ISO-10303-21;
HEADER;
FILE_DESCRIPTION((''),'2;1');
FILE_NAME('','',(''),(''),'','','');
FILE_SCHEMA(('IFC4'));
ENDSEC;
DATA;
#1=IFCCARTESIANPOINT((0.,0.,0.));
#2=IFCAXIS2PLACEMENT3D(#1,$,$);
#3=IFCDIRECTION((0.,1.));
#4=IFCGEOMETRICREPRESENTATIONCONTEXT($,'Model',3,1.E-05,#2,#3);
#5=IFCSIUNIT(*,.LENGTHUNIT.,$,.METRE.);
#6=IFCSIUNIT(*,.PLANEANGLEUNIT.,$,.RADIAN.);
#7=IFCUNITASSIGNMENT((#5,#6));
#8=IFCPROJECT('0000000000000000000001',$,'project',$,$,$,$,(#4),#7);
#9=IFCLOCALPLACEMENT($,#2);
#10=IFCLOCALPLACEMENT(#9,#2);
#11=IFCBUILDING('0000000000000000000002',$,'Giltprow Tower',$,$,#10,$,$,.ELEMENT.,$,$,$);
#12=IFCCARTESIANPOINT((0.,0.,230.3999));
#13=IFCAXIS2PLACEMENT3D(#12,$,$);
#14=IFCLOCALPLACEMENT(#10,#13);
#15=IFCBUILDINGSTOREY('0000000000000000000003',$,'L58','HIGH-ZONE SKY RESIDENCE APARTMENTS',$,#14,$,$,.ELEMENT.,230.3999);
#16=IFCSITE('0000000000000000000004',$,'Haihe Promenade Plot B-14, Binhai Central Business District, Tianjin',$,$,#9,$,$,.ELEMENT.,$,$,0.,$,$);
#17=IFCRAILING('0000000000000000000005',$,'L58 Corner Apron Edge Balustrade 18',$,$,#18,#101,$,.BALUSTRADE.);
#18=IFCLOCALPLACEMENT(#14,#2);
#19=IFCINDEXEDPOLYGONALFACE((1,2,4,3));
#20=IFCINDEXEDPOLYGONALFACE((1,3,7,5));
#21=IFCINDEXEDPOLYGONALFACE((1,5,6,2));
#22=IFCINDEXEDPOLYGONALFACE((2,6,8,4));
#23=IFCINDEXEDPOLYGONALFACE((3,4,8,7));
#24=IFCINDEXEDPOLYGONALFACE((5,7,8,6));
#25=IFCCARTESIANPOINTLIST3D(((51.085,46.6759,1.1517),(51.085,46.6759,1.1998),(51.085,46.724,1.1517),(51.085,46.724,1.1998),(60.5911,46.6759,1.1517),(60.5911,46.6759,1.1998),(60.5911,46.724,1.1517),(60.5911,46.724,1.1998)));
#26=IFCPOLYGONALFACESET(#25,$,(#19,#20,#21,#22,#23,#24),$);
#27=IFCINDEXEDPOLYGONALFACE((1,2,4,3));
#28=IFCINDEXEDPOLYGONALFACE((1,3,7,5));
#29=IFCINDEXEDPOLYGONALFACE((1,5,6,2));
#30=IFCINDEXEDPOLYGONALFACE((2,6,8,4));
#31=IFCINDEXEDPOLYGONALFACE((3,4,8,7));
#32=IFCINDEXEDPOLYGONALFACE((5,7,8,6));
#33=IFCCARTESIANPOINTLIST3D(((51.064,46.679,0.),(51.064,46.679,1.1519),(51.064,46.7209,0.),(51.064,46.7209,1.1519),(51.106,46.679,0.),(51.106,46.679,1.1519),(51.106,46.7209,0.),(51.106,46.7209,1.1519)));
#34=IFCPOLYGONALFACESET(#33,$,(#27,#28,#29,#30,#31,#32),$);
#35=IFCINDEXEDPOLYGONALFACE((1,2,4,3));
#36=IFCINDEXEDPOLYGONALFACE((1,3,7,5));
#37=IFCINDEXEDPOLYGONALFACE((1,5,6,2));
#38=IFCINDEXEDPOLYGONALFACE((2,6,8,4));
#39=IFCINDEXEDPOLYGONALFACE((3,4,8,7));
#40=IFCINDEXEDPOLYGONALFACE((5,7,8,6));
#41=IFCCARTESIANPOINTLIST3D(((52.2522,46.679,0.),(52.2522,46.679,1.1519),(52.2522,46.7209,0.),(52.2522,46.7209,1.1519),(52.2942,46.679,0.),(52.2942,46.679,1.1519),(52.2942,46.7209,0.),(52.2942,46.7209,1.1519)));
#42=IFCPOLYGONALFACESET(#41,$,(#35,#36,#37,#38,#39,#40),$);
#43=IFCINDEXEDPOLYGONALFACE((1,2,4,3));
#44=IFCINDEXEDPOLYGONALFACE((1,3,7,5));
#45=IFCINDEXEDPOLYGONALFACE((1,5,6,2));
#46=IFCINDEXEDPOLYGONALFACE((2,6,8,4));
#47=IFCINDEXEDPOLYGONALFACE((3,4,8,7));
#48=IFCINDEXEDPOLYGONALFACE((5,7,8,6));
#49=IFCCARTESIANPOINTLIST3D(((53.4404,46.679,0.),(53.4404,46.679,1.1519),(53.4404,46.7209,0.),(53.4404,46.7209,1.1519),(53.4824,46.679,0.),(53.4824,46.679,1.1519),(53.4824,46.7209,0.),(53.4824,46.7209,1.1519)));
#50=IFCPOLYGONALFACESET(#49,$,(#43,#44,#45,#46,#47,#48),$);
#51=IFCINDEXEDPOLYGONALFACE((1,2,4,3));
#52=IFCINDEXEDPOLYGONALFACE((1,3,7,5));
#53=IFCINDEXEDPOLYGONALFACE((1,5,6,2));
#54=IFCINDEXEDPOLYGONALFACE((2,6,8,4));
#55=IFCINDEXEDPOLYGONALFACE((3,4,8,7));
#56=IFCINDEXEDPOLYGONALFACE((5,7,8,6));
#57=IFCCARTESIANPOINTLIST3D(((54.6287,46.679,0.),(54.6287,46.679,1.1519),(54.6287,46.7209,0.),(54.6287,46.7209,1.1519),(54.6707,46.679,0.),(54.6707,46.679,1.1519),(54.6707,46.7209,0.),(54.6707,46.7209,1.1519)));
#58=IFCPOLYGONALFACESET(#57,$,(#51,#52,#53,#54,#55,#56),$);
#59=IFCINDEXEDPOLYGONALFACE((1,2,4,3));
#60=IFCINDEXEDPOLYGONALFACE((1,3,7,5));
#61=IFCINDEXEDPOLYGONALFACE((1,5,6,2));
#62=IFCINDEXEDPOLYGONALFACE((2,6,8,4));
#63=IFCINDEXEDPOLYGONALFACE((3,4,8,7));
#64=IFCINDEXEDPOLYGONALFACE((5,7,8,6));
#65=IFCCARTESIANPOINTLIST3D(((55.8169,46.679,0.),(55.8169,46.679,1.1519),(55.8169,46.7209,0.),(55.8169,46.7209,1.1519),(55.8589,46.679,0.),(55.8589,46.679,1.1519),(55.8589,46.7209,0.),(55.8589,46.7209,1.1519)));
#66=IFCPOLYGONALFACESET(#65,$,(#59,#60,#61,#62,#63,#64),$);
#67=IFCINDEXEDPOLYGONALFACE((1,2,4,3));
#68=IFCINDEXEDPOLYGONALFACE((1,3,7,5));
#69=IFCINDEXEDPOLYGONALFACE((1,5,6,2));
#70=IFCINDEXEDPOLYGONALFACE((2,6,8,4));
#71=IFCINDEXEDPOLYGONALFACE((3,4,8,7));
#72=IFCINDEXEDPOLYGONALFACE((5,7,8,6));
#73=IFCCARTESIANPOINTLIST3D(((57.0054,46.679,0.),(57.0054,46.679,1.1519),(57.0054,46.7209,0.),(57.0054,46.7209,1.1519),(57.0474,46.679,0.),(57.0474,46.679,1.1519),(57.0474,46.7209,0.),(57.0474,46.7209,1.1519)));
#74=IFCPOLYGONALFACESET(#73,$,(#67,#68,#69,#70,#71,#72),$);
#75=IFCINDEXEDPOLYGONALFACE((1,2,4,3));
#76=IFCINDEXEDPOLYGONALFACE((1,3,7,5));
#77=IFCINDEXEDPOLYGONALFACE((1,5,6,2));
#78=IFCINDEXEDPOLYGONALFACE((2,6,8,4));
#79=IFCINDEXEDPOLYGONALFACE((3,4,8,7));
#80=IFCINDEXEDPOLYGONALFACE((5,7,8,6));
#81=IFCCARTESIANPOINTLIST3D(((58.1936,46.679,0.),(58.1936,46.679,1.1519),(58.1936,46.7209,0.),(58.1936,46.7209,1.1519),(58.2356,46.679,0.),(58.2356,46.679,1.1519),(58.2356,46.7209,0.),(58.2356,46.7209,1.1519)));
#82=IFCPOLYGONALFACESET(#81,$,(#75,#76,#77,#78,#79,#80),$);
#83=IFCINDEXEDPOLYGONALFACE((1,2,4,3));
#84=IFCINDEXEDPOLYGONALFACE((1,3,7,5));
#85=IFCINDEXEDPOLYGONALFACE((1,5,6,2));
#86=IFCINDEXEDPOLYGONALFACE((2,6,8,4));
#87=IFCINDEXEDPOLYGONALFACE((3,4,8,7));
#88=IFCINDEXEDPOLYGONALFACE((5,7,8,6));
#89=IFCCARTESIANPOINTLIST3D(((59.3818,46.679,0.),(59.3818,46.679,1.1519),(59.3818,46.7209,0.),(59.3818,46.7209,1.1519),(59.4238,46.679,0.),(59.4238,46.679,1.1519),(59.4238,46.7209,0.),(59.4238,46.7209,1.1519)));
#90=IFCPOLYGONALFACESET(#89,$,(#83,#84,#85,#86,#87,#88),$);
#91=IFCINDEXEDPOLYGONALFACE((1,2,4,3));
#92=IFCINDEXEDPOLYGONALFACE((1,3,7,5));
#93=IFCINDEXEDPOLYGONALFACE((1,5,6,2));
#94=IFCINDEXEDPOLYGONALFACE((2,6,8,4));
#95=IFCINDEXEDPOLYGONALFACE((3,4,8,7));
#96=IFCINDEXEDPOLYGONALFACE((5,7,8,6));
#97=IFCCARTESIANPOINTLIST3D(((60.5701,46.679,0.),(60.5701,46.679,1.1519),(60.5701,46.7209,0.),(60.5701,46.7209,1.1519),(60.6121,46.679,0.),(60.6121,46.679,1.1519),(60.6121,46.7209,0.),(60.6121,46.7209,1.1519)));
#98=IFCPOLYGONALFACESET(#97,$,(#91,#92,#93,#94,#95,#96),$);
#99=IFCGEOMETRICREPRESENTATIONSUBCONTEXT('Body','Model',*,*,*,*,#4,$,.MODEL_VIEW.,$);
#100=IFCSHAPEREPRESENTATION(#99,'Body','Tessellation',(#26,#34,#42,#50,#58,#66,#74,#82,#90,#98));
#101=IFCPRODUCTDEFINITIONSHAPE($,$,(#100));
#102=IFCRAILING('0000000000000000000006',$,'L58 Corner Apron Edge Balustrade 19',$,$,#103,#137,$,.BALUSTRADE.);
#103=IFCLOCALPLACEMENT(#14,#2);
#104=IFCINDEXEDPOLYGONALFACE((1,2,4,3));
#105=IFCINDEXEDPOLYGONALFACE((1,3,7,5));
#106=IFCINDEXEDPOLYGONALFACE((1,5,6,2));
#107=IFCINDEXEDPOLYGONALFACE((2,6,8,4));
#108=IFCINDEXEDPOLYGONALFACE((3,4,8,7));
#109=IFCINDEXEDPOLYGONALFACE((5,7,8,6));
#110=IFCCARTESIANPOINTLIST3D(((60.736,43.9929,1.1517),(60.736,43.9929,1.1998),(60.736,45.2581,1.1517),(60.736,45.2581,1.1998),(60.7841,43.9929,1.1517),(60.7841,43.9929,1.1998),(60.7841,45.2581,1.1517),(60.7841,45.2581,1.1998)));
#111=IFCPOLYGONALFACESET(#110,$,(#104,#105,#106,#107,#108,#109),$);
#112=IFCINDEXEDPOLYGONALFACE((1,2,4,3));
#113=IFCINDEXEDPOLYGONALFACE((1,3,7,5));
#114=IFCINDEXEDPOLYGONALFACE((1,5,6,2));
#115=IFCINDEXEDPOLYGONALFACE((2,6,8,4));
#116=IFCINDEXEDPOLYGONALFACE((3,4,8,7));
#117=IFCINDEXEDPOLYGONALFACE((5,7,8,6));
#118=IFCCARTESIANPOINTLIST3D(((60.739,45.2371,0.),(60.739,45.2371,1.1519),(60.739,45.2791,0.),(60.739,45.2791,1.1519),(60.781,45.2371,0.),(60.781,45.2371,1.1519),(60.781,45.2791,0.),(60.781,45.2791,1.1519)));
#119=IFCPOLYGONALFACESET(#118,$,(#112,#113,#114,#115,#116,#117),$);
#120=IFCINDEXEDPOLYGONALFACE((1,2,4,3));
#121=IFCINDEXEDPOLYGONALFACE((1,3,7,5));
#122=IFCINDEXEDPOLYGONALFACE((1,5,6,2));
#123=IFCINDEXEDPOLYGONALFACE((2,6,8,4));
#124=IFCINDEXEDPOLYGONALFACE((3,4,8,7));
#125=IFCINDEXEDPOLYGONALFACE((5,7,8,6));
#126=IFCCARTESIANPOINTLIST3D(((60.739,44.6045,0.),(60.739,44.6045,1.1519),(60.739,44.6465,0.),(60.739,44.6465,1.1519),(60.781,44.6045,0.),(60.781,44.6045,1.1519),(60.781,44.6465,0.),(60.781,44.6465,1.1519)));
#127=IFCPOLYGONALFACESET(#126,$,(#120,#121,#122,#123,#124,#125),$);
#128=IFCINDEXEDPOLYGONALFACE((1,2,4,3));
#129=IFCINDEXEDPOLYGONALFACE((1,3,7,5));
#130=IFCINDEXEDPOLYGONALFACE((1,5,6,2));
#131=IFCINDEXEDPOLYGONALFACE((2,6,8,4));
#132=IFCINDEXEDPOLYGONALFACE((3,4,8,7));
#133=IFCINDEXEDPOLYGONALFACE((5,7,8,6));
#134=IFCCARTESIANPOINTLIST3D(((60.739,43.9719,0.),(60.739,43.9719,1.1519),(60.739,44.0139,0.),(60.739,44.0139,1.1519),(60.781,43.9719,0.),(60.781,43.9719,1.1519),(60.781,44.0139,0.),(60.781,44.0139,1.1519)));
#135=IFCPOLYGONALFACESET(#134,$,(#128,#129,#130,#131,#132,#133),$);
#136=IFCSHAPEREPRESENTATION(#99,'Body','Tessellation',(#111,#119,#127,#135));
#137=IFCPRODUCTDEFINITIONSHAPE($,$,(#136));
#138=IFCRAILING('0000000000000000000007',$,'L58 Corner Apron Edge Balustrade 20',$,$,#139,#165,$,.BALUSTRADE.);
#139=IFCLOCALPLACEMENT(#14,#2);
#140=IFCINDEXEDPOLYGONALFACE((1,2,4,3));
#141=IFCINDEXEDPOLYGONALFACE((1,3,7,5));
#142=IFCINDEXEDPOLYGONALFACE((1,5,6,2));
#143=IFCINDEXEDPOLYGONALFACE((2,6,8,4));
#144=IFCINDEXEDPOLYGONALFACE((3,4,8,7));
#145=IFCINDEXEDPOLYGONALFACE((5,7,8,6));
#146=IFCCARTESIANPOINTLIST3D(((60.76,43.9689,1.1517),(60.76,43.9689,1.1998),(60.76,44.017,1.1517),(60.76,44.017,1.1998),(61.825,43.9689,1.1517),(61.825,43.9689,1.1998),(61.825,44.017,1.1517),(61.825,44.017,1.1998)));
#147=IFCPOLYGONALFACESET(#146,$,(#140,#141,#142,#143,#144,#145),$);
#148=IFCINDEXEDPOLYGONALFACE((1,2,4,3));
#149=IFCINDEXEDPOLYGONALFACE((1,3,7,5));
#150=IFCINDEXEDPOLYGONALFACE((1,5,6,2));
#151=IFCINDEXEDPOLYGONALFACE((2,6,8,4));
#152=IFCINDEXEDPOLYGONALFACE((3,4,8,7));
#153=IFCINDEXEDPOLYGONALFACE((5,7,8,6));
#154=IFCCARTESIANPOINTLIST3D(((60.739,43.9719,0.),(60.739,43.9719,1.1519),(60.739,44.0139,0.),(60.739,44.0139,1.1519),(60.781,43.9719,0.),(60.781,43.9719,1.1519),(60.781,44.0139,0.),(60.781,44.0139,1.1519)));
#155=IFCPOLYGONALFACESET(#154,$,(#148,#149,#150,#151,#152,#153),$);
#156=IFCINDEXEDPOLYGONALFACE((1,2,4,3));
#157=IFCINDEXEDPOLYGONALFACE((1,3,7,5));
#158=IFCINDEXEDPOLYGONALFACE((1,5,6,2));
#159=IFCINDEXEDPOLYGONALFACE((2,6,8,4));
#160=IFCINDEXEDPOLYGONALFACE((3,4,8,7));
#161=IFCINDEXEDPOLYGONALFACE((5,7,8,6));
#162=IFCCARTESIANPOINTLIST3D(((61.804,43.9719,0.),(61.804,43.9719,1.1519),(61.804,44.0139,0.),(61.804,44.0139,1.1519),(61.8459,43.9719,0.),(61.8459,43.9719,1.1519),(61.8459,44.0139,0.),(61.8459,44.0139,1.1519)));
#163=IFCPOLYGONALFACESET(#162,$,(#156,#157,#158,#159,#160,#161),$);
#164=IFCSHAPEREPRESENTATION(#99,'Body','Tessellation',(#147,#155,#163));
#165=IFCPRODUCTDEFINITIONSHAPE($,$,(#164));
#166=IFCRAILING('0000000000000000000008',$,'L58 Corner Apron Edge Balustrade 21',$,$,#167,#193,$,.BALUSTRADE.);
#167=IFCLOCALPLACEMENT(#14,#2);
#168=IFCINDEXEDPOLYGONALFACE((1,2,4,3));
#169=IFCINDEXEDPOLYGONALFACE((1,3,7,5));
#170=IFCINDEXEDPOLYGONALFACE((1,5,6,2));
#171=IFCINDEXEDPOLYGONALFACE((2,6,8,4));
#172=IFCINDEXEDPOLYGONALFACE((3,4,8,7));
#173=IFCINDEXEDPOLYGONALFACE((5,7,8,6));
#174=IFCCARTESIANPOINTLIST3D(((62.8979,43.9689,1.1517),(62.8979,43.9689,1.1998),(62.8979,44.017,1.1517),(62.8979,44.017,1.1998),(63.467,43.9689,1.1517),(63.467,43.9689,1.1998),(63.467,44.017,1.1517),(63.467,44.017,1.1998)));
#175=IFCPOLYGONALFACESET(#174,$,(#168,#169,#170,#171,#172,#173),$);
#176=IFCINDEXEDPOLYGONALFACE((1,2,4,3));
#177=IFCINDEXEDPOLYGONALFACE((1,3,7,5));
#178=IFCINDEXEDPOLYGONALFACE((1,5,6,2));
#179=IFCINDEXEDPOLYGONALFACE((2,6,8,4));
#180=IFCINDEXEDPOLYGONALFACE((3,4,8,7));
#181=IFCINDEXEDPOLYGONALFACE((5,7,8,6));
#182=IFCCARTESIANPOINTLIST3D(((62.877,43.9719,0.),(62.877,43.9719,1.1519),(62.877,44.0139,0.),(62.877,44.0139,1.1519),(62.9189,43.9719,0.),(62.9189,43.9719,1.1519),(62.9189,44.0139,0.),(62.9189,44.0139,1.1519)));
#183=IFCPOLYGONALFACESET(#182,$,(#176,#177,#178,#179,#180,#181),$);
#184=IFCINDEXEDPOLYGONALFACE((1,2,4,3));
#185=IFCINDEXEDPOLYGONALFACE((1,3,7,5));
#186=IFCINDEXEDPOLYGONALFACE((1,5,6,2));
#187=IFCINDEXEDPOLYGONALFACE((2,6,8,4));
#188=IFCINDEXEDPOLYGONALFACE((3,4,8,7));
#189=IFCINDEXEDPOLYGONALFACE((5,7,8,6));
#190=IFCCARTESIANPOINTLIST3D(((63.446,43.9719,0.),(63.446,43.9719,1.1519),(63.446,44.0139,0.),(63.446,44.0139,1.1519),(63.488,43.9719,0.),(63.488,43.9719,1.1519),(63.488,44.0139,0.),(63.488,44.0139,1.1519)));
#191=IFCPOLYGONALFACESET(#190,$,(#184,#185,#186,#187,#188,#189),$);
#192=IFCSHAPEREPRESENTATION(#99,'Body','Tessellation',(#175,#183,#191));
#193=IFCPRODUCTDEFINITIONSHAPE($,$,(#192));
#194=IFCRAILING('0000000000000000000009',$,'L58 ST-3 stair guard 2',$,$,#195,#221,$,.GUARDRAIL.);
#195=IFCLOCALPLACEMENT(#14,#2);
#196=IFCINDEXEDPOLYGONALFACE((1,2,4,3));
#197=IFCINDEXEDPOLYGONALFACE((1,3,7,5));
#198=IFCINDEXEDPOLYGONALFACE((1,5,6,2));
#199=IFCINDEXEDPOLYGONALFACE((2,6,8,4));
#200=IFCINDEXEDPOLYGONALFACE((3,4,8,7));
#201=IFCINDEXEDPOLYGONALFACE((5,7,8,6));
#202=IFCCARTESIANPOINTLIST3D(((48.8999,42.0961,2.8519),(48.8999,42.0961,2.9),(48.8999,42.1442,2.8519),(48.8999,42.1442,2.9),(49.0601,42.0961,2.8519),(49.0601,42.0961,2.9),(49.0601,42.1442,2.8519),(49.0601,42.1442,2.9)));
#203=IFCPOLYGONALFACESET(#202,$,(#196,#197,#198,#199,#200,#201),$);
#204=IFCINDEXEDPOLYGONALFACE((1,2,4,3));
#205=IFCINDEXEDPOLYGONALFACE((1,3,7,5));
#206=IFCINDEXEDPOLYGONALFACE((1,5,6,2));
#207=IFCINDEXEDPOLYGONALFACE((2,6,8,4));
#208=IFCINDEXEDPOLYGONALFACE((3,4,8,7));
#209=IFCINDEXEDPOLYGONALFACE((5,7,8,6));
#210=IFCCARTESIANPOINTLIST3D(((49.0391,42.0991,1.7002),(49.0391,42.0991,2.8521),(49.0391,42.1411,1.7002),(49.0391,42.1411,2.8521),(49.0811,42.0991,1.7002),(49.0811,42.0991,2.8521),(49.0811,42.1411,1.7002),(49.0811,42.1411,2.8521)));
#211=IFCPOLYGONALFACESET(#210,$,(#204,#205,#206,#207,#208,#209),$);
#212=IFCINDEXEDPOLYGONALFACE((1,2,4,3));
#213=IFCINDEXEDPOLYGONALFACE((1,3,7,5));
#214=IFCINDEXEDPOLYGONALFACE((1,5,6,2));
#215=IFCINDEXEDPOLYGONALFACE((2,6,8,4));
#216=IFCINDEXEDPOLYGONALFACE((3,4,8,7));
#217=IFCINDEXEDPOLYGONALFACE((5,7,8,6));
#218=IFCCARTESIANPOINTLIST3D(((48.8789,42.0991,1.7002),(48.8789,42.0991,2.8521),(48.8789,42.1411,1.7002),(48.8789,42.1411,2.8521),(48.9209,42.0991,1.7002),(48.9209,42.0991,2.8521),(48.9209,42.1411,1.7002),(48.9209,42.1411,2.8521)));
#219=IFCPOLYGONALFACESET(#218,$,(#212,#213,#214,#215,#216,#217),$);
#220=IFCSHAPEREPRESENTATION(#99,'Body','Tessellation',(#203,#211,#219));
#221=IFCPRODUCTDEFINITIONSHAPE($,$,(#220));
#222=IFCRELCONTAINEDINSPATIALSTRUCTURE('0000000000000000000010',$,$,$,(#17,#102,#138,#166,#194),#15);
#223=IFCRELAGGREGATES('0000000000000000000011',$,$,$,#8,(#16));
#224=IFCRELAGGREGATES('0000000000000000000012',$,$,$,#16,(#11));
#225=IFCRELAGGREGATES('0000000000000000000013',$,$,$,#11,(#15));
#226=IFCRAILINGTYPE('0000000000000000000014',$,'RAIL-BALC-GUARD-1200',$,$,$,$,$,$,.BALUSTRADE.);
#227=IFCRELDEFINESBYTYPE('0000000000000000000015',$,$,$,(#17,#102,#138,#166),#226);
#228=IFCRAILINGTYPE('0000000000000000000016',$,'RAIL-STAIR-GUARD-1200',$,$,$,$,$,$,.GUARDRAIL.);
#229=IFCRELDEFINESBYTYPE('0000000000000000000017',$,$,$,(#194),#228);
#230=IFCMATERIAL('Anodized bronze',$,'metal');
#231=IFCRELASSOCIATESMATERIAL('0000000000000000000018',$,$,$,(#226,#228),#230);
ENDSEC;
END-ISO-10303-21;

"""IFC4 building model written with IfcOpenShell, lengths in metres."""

from ifc_helpers import new_model, si_unit, direction, frame, origin, origin_2d, place, context, subcontext, project, spatial, rectangle, extrude, material, type_object, element, save


model = new_model("IFC4")

# Units and contexts
model_context = context("Model", 3, precision=1e-05, world=origin(), true_north=direction((0.0, 1.0)))
body_context = subcontext(model_context, "Body", "Model", "MODEL_VIEW")
ifc_project = project(units=[si_unit("LENGTHUNIT", "METRE"), si_unit("PLANEANGLEUNIT", "RADIAN")], contexts=[model_context])

# Site, building, storey
site_placement = place(None, origin())
site = spatial("IfcSite", under=ifc_project, at=site_placement, Name="Haihe Promenade Plot B-14, Binhai Central Business District, Tianjin", CompositionType="ELEMENT", RefElevation=0.0)
building_placement = place(site_placement, origin())
building = spatial("IfcBuilding", under=site, at=building_placement, Name="Giltprow Tower", CompositionType="ELEMENT")
storey_placement = place(building_placement, frame((0.0, 0.0, 230.3999)))
storey = spatial("IfcBuildingStorey", under=building, at=storey_placement, Name="L58", Description="HIGH-ZONE SKY RESIDENCE APARTMENTS", CompositionType="ELEMENT", Elevation=230.3999)

# Railings
ifc_material_1 = material(Name="Anodized bronze", Category="metal")
railing_type_1 = type_object("IfcRailingType", Name="RAIL-BALC-GUARD-1200", PredefinedType="BALUSTRADE", material=ifc_material_1)
railing_1_placement = place(storey_placement, frame((51.085, 46.7, 0.0)))
element("IfcRailing", 1, at=railing_1_placement, inside=storey, type_object=railing_type_1, Name="L58 Corner Apron Edge Balustrade 18", PredefinedType="BALUSTRADE", context=body_context, shape_type="SweptSolid", body=[
    extrude(rectangle(XDim=0.0481, YDim=0.0481, at=origin_2d()), frame((0.0, 0.0, 1.1758), z_axis=(1.0, 0.0, 0.0), x_axis=(0.0, 1.0, 0.0)), (0.0, 0.0, 1.0), 9.5061),
    extrude(rectangle(XDim=0.042, YDim=0.042, at=origin_2d()), origin(), (0.0, 0.0, 1.0), 1.1519),
    extrude(rectangle(XDim=0.042, YDim=0.042, at=origin_2d()), frame((1.1882, 0.0, 0.0)), (0.0, 0.0, 1.0), 1.1519),
    extrude(rectangle(XDim=0.042, YDim=0.042, at=origin_2d()), frame((2.3765, 0.0, 0.0)), (0.0, 0.0, 1.0), 1.1519),
    extrude(rectangle(XDim=0.042, YDim=0.042, at=origin_2d()), frame((3.5647, 0.0, 0.0)), (0.0, 0.0, 1.0), 1.1519),
    extrude(rectangle(XDim=0.042, YDim=0.042, at=origin_2d()), frame((4.7529, 0.0, 0.0)), (0.0, 0.0, 1.0), 1.1519),
    extrude(rectangle(XDim=0.042, YDim=0.042, at=origin_2d()), frame((5.9414, 0.0, 0.0)), (0.0, 0.0, 1.0), 1.1519),
    extrude(rectangle(XDim=0.042, YDim=0.042, at=origin_2d()), frame((7.1296, 0.0, 0.0)), (0.0, 0.0, 1.0), 1.1519),
    extrude(rectangle(XDim=0.042, YDim=0.042, at=origin_2d()), frame((8.3179, 0.0, 0.0)), (0.0, 0.0, 1.0), 1.1519),
    extrude(rectangle(XDim=0.042, YDim=0.042, at=origin_2d()), frame((9.5061, 0.0, 0.0)), (0.0, 0.0, 1.0), 1.1519),
])
railing_2_placement = place(storey_placement, frame((60.76, 45.2581, 0.0)))
element("IfcRailing", 2, at=railing_2_placement, inside=storey, type_object=railing_type_1, Name="L58 Corner Apron Edge Balustrade 19", PredefinedType="BALUSTRADE", context=body_context, shape_type="SweptSolid", body=[
    extrude(rectangle(XDim=0.0481, YDim=0.0481, at=origin_2d()), frame((0.0, 0.0, 1.1758), z_axis=(0.0, -1.0, 0.0), x_axis=(1.0, 0.0, 0.0)), (0.0, 0.0, 1.0), 1.2651),
    extrude(rectangle(XDim=0.042, YDim=0.042, at=origin_2d()), origin(), (0.0, 0.0, 1.0), 1.1519),
    extrude(rectangle(XDim=0.042, YDim=0.042, at=origin_2d()), frame((0.0, -0.6326, 0.0)), (0.0, 0.0, 1.0), 1.1519),
    extrude(rectangle(XDim=0.042, YDim=0.042, at=origin_2d()), frame((0.0, -1.2651, 0.0)), (0.0, 0.0, 1.0), 1.1519),
])
railing_3_placement = place(storey_placement, frame((60.76, 43.9929, 0.0)))
element("IfcRailing", 3, at=railing_3_placement, inside=storey, type_object=railing_type_1, Name="L58 Corner Apron Edge Balustrade 20", PredefinedType="BALUSTRADE", context=body_context, shape_type="SweptSolid", body=[
    extrude(rectangle(XDim=0.0481, YDim=0.0481, at=origin_2d()), frame((0.0, 0.0, 1.1758), z_axis=(1.0, 0.0, 0.0), x_axis=(0.0, 1.0, 0.0)), (0.0, 0.0, 1.0), 1.0649),
    extrude(rectangle(XDim=0.042, YDim=0.042, at=origin_2d()), origin(), (0.0, 0.0, 1.0), 1.1519),
    extrude(rectangle(XDim=0.042, YDim=0.042, at=origin_2d()), frame((1.0649, 0.0, 0.0)), (0.0, 0.0, 1.0), 1.1519),
])
railing_4_placement = place(storey_placement, frame((62.8979, 43.9929, 0.0)))
element("IfcRailing", 4, at=railing_4_placement, inside=storey, type_object=railing_type_1, Name="L58 Corner Apron Edge Balustrade 21", PredefinedType="BALUSTRADE", context=body_context, shape_type="SweptSolid", body=[
    extrude(rectangle(XDim=0.0481, YDim=0.0481, at=origin_2d()), frame((0.0, 0.0, 1.1758), z_axis=(1.0, 0.0, 0.0), x_axis=(0.0, 1.0, 0.0)), (0.0, 0.0, 1.0), 0.5691),
    extrude(rectangle(XDim=0.042, YDim=0.042, at=origin_2d()), origin(), (0.0, 0.0, 1.0), 1.1519),
    extrude(rectangle(XDim=0.042, YDim=0.042, at=origin_2d()), frame((0.5691, 0.0, 0.0)), (0.0, 0.0, 1.0), 1.1519),
])
railing_type_2 = type_object("IfcRailingType", Name="RAIL-STAIR-GUARD-1200", PredefinedType="GUARDRAIL", material=ifc_material_1)
railing_5_placement = place(storey_placement, frame((49.0601, 42.1201, 1.7002)))
element("IfcRailing", 5, at=railing_5_placement, inside=storey, type_object=railing_type_2, Name="L58 ST-3 stair guard 2", PredefinedType="GUARDRAIL", context=body_context, shape_type="SweptSolid", body=[
    extrude(rectangle(XDim=0.0481, YDim=0.0481, at=origin_2d()), frame((0.0, 0.0, 1.1758), z_axis=(-1.0, 0.0, 0.0), x_axis=(0.0, -1.0, 0.0)), (0.0, 0.0, 1.0), 0.1602),
    extrude(rectangle(XDim=0.042, YDim=0.042, at=origin_2d()), origin(), (0.0, 0.0, 1.0), 1.1519),
    extrude(rectangle(XDim=0.042, YDim=0.042, at=origin_2d()), frame((-0.1602, 0.0, 0.0)), (0.0, 0.0, 1.0), 1.1519),
])

save(model, "model.ifc")
